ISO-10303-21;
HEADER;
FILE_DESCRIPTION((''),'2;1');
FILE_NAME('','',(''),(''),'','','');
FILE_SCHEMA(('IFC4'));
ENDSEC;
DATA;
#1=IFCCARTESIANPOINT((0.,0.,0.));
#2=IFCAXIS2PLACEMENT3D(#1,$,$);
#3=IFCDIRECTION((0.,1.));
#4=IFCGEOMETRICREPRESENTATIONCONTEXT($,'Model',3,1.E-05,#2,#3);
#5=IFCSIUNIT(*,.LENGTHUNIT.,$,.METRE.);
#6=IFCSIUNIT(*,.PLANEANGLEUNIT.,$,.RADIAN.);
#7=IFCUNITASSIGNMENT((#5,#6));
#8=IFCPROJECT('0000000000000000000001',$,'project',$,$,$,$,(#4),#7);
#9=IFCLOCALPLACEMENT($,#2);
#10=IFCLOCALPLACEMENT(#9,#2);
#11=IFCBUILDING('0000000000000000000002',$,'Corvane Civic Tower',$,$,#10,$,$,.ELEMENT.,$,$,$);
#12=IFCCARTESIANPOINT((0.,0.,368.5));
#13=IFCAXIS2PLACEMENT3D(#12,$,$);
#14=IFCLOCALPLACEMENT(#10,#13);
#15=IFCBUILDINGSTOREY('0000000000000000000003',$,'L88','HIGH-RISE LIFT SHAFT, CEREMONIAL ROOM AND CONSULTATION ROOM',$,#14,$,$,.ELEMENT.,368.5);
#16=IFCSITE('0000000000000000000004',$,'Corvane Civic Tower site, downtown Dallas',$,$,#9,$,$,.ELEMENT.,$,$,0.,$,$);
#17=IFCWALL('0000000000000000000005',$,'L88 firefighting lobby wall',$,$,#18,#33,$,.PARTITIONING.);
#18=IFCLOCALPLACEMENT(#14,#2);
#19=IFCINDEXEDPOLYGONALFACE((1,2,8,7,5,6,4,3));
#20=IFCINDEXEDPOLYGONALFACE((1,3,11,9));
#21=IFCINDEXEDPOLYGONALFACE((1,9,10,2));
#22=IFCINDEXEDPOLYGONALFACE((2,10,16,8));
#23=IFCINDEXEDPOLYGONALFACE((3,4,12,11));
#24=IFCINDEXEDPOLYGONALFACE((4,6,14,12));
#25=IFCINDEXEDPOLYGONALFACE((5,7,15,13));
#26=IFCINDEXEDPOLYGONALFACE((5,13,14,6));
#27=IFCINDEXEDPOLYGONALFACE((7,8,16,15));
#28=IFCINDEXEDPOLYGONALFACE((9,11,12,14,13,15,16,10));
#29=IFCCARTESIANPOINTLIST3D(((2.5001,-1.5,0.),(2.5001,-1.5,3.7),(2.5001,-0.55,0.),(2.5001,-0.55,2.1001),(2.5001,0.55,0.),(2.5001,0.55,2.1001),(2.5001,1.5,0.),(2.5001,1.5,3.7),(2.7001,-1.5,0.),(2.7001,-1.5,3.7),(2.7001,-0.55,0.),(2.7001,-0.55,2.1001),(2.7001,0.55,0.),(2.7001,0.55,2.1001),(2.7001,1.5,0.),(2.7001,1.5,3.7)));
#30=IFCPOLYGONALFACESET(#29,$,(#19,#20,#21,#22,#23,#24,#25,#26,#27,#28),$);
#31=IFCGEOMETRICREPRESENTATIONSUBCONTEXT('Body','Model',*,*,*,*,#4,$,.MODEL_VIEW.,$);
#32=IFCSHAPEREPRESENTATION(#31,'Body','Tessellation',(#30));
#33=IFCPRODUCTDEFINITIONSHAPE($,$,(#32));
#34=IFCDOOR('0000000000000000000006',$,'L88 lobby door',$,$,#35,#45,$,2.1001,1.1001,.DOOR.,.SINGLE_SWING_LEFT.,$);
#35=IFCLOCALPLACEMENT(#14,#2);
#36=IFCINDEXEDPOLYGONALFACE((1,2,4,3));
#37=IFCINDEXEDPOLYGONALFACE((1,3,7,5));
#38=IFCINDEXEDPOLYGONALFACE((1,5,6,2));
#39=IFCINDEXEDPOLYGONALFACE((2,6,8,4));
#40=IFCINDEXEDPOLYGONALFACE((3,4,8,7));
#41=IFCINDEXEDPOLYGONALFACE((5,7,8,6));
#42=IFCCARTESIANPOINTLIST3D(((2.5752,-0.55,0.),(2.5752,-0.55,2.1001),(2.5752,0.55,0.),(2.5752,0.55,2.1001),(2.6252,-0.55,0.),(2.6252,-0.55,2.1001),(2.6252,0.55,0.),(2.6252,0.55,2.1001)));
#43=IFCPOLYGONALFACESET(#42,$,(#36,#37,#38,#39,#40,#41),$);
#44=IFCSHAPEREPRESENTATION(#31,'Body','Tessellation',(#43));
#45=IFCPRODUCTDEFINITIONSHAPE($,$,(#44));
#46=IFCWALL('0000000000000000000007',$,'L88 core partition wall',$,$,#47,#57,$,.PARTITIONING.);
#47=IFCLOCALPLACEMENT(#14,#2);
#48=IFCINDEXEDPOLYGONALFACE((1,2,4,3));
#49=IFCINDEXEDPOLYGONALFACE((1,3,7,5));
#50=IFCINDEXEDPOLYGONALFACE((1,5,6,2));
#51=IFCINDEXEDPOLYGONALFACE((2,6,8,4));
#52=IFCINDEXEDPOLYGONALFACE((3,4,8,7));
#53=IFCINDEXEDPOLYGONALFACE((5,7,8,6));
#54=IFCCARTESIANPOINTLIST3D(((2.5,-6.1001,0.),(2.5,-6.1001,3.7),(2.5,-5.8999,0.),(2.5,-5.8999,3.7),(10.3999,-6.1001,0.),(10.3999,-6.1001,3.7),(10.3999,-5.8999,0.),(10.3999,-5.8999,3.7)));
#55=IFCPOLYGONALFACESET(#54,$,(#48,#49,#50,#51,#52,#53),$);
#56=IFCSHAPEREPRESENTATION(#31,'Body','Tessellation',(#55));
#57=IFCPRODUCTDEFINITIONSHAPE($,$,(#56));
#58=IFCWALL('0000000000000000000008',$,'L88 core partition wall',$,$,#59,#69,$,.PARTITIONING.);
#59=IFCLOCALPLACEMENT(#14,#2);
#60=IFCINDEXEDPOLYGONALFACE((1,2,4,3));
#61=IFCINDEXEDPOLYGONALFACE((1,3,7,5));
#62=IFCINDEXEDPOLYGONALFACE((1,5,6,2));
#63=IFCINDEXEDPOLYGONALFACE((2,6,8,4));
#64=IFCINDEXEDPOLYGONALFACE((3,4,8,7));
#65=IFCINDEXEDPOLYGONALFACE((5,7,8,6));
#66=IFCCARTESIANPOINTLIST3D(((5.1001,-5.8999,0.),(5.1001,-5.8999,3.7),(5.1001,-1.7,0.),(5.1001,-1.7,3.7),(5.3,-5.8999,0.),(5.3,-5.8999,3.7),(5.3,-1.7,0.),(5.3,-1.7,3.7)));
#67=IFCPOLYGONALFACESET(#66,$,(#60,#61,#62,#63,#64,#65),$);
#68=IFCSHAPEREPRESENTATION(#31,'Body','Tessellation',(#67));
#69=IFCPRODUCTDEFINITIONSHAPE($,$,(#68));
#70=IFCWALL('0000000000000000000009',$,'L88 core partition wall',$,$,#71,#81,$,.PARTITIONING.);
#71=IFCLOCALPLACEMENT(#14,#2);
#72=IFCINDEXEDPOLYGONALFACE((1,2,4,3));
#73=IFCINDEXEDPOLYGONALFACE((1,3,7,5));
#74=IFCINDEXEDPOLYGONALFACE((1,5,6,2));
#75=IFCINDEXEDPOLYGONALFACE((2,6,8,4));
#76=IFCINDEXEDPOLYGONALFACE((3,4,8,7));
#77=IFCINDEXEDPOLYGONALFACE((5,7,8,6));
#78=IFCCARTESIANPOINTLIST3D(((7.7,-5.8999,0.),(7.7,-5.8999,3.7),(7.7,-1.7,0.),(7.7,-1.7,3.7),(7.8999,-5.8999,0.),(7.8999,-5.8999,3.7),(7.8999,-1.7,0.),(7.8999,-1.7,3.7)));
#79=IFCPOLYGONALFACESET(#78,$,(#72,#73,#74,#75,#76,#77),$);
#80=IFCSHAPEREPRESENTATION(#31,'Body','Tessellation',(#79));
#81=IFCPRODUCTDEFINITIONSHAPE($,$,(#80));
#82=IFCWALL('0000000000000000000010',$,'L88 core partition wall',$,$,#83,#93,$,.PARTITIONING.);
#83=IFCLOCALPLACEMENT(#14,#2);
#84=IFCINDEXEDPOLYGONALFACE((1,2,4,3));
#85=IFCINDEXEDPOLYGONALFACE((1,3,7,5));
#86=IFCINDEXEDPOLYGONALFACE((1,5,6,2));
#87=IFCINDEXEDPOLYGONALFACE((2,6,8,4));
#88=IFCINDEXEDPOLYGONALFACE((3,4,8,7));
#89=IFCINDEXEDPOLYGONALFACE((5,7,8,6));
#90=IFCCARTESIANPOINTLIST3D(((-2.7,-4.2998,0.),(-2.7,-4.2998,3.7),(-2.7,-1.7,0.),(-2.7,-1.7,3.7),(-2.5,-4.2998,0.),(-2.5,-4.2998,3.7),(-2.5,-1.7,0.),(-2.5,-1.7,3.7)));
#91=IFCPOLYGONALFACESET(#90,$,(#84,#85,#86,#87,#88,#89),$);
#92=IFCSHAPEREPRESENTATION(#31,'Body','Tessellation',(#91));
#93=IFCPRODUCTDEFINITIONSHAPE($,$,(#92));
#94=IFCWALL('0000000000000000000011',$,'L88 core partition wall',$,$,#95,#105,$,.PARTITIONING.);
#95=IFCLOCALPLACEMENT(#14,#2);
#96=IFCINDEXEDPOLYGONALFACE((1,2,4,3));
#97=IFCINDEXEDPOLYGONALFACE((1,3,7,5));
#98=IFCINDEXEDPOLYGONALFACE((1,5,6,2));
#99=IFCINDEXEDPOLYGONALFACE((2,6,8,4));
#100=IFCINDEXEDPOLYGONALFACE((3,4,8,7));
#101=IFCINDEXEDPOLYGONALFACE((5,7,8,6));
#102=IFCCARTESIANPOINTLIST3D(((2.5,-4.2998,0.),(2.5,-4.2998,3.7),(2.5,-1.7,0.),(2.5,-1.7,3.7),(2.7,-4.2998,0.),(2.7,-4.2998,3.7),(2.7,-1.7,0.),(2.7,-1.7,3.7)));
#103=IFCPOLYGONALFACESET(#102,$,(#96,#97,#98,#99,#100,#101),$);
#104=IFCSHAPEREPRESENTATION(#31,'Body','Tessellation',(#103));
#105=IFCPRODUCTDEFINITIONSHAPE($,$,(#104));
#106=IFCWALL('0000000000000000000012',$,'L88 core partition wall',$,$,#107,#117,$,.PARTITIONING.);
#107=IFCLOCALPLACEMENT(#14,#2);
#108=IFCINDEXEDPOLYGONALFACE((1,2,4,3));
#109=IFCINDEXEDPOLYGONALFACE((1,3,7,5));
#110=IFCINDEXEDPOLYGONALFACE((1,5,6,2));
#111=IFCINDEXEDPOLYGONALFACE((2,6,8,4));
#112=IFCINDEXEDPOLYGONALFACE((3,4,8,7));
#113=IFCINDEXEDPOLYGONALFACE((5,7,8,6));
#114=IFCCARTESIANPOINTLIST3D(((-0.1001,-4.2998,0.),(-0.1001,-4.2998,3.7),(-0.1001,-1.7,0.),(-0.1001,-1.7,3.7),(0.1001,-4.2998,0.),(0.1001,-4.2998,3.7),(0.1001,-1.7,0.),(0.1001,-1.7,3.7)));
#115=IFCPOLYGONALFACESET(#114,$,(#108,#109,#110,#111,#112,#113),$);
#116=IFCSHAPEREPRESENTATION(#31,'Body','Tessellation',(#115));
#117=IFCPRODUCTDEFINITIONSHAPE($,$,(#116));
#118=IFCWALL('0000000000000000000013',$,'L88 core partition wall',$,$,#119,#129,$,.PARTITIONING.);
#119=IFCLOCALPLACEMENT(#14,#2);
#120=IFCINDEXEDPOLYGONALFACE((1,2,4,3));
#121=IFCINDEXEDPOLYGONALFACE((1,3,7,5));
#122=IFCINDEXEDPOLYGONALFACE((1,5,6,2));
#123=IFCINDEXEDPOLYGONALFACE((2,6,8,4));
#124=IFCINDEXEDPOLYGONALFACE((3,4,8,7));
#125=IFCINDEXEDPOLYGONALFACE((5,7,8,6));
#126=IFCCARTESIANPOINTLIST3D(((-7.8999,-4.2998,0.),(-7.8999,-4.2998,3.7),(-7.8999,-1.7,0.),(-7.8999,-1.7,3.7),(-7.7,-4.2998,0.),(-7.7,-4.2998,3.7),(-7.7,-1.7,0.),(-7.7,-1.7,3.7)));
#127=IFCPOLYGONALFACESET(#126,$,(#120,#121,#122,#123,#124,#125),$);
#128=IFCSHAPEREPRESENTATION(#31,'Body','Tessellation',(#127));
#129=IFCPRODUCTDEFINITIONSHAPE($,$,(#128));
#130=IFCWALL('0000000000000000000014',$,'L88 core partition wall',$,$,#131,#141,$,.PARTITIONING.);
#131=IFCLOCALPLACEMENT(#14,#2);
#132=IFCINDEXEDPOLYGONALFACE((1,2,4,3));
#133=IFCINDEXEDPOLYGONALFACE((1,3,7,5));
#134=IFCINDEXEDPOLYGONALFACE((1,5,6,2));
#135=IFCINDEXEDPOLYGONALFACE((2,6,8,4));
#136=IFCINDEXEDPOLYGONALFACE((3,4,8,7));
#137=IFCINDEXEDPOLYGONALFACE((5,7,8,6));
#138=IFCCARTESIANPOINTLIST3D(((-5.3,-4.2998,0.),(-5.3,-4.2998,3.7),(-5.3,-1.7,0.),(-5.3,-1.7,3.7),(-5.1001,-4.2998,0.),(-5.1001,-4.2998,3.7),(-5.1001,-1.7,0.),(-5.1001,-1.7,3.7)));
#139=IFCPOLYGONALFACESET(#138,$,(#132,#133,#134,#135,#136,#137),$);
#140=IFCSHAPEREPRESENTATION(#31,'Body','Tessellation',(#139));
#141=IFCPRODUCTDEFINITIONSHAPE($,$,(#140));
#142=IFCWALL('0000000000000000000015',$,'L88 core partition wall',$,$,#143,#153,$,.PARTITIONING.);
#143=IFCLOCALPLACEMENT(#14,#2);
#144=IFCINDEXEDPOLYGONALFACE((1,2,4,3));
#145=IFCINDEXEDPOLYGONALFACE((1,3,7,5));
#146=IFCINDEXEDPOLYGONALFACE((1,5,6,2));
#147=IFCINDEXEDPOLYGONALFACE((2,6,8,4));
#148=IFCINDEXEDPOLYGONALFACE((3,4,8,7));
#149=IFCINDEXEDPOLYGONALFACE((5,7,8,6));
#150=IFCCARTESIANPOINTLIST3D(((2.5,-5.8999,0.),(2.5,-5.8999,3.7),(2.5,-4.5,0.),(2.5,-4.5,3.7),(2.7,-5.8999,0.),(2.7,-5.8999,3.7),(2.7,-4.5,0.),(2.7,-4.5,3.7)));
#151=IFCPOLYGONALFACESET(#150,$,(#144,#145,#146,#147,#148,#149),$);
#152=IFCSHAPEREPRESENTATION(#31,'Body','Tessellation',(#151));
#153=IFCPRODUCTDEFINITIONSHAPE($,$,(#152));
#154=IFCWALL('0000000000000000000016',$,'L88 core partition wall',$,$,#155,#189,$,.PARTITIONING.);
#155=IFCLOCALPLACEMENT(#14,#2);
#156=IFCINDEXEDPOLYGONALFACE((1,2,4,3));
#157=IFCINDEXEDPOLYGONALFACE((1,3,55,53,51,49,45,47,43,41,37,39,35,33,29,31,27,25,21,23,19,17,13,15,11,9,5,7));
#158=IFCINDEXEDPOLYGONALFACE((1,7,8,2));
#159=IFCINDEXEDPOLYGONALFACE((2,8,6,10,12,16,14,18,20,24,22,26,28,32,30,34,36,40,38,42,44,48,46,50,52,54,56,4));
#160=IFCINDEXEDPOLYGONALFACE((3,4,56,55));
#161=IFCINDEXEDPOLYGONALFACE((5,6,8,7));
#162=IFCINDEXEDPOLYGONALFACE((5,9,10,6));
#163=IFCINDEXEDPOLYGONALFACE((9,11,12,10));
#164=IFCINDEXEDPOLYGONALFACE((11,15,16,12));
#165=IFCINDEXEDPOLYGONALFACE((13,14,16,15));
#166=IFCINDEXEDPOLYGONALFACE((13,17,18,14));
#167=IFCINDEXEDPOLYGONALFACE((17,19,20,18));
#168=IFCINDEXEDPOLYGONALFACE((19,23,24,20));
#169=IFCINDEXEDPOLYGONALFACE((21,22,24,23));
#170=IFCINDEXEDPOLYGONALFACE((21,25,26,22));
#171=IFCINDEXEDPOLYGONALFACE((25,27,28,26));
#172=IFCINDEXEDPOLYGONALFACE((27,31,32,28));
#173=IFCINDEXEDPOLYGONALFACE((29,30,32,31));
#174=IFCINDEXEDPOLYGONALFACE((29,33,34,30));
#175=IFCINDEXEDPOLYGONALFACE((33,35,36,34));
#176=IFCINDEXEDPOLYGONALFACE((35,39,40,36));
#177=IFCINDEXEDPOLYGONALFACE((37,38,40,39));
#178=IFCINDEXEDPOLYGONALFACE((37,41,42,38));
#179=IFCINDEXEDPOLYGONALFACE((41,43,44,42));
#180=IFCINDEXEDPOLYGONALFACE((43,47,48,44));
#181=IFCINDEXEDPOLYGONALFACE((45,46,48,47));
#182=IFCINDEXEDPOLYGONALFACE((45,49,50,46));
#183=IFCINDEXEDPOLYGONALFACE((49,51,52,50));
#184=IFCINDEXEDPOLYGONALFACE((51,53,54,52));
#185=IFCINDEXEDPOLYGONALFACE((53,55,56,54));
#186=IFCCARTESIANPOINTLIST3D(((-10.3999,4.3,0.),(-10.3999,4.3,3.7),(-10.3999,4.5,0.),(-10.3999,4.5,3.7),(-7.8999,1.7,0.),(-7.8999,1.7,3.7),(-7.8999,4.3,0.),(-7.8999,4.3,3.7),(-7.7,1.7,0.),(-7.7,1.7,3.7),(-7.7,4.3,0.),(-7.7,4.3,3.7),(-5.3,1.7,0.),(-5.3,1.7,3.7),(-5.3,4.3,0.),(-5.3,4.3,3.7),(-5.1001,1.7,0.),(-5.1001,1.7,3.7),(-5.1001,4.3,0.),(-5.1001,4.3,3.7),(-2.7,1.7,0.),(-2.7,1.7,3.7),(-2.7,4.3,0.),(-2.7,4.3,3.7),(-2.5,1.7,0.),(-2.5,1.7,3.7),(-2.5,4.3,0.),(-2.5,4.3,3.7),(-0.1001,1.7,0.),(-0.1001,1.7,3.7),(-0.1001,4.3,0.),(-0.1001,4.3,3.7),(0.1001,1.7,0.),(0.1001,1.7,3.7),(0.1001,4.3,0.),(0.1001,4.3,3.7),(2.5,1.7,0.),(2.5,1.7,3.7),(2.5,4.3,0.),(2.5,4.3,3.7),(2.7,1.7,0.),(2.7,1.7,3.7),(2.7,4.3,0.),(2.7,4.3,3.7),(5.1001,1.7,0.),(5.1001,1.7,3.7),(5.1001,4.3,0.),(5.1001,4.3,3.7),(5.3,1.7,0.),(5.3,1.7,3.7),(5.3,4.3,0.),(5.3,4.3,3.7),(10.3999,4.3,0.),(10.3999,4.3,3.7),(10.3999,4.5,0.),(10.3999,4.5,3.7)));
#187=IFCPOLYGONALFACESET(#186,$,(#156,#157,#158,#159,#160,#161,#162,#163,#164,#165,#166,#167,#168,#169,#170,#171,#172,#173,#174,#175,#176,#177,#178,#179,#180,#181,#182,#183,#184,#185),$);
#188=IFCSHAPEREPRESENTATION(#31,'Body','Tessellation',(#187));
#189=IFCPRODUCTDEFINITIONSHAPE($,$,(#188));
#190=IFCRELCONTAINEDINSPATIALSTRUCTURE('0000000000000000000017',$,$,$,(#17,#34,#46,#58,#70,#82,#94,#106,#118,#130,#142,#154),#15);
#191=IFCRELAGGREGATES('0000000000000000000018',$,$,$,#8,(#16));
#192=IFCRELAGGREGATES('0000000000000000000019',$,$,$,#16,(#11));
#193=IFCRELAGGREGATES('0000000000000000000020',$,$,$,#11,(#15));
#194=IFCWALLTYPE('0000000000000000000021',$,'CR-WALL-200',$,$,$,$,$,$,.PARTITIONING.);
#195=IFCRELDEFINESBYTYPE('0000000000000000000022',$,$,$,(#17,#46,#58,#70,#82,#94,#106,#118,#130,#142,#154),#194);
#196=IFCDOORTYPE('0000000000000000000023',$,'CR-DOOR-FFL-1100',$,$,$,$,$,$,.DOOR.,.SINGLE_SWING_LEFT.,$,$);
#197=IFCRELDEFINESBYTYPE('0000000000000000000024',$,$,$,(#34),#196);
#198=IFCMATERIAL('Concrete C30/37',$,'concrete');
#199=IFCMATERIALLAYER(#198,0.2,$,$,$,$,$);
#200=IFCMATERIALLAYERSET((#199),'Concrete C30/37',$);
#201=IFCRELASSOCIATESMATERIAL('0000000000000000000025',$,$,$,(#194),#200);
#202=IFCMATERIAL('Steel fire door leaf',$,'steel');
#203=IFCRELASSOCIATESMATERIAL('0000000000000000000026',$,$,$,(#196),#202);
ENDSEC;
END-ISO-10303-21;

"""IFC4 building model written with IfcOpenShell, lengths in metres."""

from ifc_helpers import new_model, si_unit, direction, frame, frame_2d, origin, place, context, subcontext, project, spatial, polyline, rectangle, outline, extrude, material, layer, layer_set, type_object, element, fill, save


model = new_model("IFC4")

# Units and contexts
model_context = context("Model", 3, precision=1e-05, world=origin(), true_north=direction((0.0, 1.0)))
body_context = subcontext(model_context, "Body", "Model", "MODEL_VIEW")
ifc_project = project(units=[si_unit("LENGTHUNIT", "METRE"), si_unit("PLANEANGLEUNIT", "RADIAN")], contexts=[model_context])

# Site, building, storey
site_placement = place(None, origin())
site = spatial("IfcSite", under=ifc_project, at=site_placement, Name="Corvane Civic Tower site, downtown Dallas", CompositionType="ELEMENT", RefElevation=0.0)
building_placement = place(site_placement, origin())
building = spatial("IfcBuilding", under=site, at=building_placement, Name="Corvane Civic Tower", CompositionType="ELEMENT")
storey_placement = place(building_placement, frame((0.0, 0.0, 368.5)))
storey = spatial("IfcBuildingStorey", under=building, at=storey_placement, Name="L88", Description="HIGH-RISE LIFT SHAFT, CEREMONIAL ROOM AND CONSULTATION ROOM", CompositionType="ELEMENT", Elevation=368.5)

# Wall, opening, door
ifc_material_1 = material(Name="Concrete C30/37", Category="concrete")
ifc_layer_1 = layer(ifc_material_1, 0.2)
ifc_layer_set_1 = layer_set([ifc_layer_1], Name="Concrete C30/37")
wall_type_1 = type_object("IfcWallType", Name="CR-WALL-200", PredefinedType="PARTITIONING", material=ifc_layer_set_1)
wall_1_placement = place(storey_placement, frame((2.6001, -1.5, 0.0), z_axis=(0.0, 0.0, 1.0), x_axis=(0.0, 1.0, 0.0)))
wall_1 = element("IfcWall", 1, at=wall_1_placement, inside=storey, type_object=wall_type_1, Name="L88 firefighting lobby wall", PredefinedType="PARTITIONING", context=body_context, shape_type="SweptSolid", body=[
    extrude(rectangle(XDim=3.0, YDim=0.2, at=frame_2d((1.5, 0.0))), origin(), (0.0, 0.0, 1.0), 3.7),
])
opening_1_placement = place(wall_1_placement, frame((0.95, 0.0, 0.0)))
opening_1 = element("IfcOpeningElement", 2, at=opening_1_placement, cuts=wall_1, PredefinedType="OPENING", context=body_context, shape_type="SweptSolid", body=[
    extrude(rectangle(XDim=1.1001, YDim=2.1001, at=frame_2d((0.55, 1.05))), frame((0.0, 0.1099, 0.0), z_axis=(0.0, -1.0, 0.0), x_axis=(1.0, 0.0, 0.0)), (0.0, 0.0, 1.0), 0.22),
])
ifc_material_2 = material(Name="Steel fire door leaf", Category="steel")
door_type_1 = type_object("IfcDoorType", Name="CR-DOOR-FFL-1100", OperationType="SINGLE_SWING_LEFT", PredefinedType="DOOR", material=ifc_material_2)
door_1_placement = place(opening_1_placement, origin())
door_1 = element("IfcDoor", 3, at=door_1_placement, inside=storey, type_object=door_type_1, Name="L88 lobby door", OperationType="SINGLE_SWING_LEFT", OverallHeight=2.1001, OverallWidth=1.1001, PredefinedType="DOOR", context=body_context, shape_type="SweptSolid", body=[
    extrude(rectangle(XDim=1.1001, YDim=2.1001, at=frame_2d((0.55, 1.05))), frame((0.0, 0.0249, 0.0), z_axis=(0.0, -1.0, 0.0), x_axis=(1.0, 0.0, 0.0)), (0.0, 0.0, 1.0), 0.05),
])
fill(opening_1, door_1)

# Walls
wall_2_placement = place(storey_placement, origin())
element("IfcWall", 4, at=wall_2_placement, inside=storey, type_object=wall_type_1, Name="L88 core partition wall", PredefinedType="PARTITIONING", context=body_context, shape_type="SweptSolid", body=[
    extrude(outline(polyline([(10.3999, -6.1001), (2.5, -6.1001), (2.5, -5.8999), (10.3999, -5.8999), (10.3999, -6.1001)])), origin(), (0.0, 0.0, 1.0), 3.7),
])
wall_3_placement = place(storey_placement, origin())
element("IfcWall", 5, at=wall_3_placement, inside=storey, type_object=wall_type_1, Name="L88 core partition wall", PredefinedType="PARTITIONING", context=body_context, shape_type="SweptSolid", body=[
    extrude(outline(polyline([(5.3, -1.7), (5.3, -5.8999), (5.1001, -5.8999), (5.1001, -1.7), (5.3, -1.7)])), origin(), (0.0, 0.0, 1.0), 3.7),
])
wall_4_placement = place(storey_placement, origin())
element("IfcWall", 6, at=wall_4_placement, inside=storey, type_object=wall_type_1, Name="L88 core partition wall", PredefinedType="PARTITIONING", context=body_context, shape_type="SweptSolid", body=[
    extrude(outline(polyline([(7.8999, -1.7), (7.8999, -5.8999), (7.7, -5.8999), (7.7, -1.7), (7.8999, -1.7)])), origin(), (0.0, 0.0, 1.0), 3.7),
])
wall_5_placement = place(storey_placement, origin())
element("IfcWall", 7, at=wall_5_placement, inside=storey, type_object=wall_type_1, Name="L88 core partition wall", PredefinedType="PARTITIONING", context=body_context, shape_type="SweptSolid", body=[
    extrude(outline(polyline([(-2.5, -1.7), (-2.5, -4.2998), (-2.7, -4.2998), (-2.7, -1.7), (-2.5, -1.7)])), origin(), (0.0, 0.0, 1.0), 3.7),
])
wall_6_placement = place(storey_placement, origin())
element("IfcWall", 8, at=wall_6_placement, inside=storey, type_object=wall_type_1, Name="L88 core partition wall", PredefinedType="PARTITIONING", context=body_context, shape_type="SweptSolid", body=[
    extrude(outline(polyline([(2.7, -1.7), (2.7, -4.2998), (2.5, -4.2998), (2.5, -1.7), (2.7, -1.7)])), origin(), (0.0, 0.0, 1.0), 3.7),
])
wall_7_placement = place(storey_placement, origin())
element("IfcWall", 9, at=wall_7_placement, inside=storey, type_object=wall_type_1, Name="L88 core partition wall", PredefinedType="PARTITIONING", context=body_context, shape_type="SweptSolid", body=[
    extrude(outline(polyline([(0.1001, -1.7), (0.1001, -4.2998), (-0.1001, -4.2998), (-0.1001, -1.7), (0.1001, -1.7)])), origin(), (0.0, 0.0, 1.0), 3.7),
])
wall_8_placement = place(storey_placement, origin())
element("IfcWall", 10, at=wall_8_placement, inside=storey, type_object=wall_type_1, Name="L88 core partition wall", PredefinedType="PARTITIONING", context=body_context, shape_type="SweptSolid", body=[
    extrude(outline(polyline([(-7.7, -1.7), (-7.7, -4.2998), (-7.8999, -4.2998), (-7.8999, -1.7), (-7.7, -1.7)])), origin(), (0.0, 0.0, 1.0), 3.7),
])
wall_9_placement = place(storey_placement, origin())
element("IfcWall", 11, at=wall_9_placement, inside=storey, type_object=wall_type_1, Name="L88 core partition wall", PredefinedType="PARTITIONING", context=body_context, shape_type="SweptSolid", body=[
    extrude(outline(polyline([(-5.1001, -1.7), (-5.1001, -4.2998), (-5.3, -4.2998), (-5.3, -1.7), (-5.1001, -1.7)])), origin(), (0.0, 0.0, 1.0), 3.7),
])
wall_10_placement = place(storey_placement, origin())
element("IfcWall", 12, at=wall_10_placement, inside=storey, type_object=wall_type_1, Name="L88 core partition wall", PredefinedType="PARTITIONING", context=body_context, shape_type="SweptSolid", body=[
    extrude(outline(polyline([(2.7, -5.8999), (2.5, -5.8999), (2.5, -4.5), (2.7, -4.5), (2.7, -5.8999)])), origin(), (0.0, 0.0, 1.0), 3.7),
])
wall_11_placement = place(storey_placement, origin())
element("IfcWall", 13, at=wall_11_placement, inside=storey, type_object=wall_type_1, Name="L88 core partition wall", PredefinedType="PARTITIONING", context=body_context, shape_type="SweptSolid", body=[
    extrude(outline(polyline([(-7.7, 1.7), (-7.8999, 1.7), (-7.8999, 4.3), (-10.3999, 4.3), (-10.3999, 4.5), (10.3999, 4.5), (10.3999, 4.3), (5.3, 4.3), (5.3, 1.7), (5.1001, 1.7), (5.1001, 4.3), (2.7, 4.3), (2.7, 1.7), (2.5, 1.7), (2.5, 4.3), (0.1001, 4.3), (0.1001, 1.7), (-0.1001, 1.7), (-0.1001, 4.3), (-2.5, 4.3), (-2.5, 1.7), (-2.7, 1.7), (-2.7, 4.3), (-5.1001, 4.3), (-5.1001, 1.7), (-5.3, 1.7), (-5.3, 4.3), (-7.7, 4.3), (-7.7, 1.7)])), origin(), (0.0, 0.0, 1.0), 3.7),
])

save(model, "model.ifc")
